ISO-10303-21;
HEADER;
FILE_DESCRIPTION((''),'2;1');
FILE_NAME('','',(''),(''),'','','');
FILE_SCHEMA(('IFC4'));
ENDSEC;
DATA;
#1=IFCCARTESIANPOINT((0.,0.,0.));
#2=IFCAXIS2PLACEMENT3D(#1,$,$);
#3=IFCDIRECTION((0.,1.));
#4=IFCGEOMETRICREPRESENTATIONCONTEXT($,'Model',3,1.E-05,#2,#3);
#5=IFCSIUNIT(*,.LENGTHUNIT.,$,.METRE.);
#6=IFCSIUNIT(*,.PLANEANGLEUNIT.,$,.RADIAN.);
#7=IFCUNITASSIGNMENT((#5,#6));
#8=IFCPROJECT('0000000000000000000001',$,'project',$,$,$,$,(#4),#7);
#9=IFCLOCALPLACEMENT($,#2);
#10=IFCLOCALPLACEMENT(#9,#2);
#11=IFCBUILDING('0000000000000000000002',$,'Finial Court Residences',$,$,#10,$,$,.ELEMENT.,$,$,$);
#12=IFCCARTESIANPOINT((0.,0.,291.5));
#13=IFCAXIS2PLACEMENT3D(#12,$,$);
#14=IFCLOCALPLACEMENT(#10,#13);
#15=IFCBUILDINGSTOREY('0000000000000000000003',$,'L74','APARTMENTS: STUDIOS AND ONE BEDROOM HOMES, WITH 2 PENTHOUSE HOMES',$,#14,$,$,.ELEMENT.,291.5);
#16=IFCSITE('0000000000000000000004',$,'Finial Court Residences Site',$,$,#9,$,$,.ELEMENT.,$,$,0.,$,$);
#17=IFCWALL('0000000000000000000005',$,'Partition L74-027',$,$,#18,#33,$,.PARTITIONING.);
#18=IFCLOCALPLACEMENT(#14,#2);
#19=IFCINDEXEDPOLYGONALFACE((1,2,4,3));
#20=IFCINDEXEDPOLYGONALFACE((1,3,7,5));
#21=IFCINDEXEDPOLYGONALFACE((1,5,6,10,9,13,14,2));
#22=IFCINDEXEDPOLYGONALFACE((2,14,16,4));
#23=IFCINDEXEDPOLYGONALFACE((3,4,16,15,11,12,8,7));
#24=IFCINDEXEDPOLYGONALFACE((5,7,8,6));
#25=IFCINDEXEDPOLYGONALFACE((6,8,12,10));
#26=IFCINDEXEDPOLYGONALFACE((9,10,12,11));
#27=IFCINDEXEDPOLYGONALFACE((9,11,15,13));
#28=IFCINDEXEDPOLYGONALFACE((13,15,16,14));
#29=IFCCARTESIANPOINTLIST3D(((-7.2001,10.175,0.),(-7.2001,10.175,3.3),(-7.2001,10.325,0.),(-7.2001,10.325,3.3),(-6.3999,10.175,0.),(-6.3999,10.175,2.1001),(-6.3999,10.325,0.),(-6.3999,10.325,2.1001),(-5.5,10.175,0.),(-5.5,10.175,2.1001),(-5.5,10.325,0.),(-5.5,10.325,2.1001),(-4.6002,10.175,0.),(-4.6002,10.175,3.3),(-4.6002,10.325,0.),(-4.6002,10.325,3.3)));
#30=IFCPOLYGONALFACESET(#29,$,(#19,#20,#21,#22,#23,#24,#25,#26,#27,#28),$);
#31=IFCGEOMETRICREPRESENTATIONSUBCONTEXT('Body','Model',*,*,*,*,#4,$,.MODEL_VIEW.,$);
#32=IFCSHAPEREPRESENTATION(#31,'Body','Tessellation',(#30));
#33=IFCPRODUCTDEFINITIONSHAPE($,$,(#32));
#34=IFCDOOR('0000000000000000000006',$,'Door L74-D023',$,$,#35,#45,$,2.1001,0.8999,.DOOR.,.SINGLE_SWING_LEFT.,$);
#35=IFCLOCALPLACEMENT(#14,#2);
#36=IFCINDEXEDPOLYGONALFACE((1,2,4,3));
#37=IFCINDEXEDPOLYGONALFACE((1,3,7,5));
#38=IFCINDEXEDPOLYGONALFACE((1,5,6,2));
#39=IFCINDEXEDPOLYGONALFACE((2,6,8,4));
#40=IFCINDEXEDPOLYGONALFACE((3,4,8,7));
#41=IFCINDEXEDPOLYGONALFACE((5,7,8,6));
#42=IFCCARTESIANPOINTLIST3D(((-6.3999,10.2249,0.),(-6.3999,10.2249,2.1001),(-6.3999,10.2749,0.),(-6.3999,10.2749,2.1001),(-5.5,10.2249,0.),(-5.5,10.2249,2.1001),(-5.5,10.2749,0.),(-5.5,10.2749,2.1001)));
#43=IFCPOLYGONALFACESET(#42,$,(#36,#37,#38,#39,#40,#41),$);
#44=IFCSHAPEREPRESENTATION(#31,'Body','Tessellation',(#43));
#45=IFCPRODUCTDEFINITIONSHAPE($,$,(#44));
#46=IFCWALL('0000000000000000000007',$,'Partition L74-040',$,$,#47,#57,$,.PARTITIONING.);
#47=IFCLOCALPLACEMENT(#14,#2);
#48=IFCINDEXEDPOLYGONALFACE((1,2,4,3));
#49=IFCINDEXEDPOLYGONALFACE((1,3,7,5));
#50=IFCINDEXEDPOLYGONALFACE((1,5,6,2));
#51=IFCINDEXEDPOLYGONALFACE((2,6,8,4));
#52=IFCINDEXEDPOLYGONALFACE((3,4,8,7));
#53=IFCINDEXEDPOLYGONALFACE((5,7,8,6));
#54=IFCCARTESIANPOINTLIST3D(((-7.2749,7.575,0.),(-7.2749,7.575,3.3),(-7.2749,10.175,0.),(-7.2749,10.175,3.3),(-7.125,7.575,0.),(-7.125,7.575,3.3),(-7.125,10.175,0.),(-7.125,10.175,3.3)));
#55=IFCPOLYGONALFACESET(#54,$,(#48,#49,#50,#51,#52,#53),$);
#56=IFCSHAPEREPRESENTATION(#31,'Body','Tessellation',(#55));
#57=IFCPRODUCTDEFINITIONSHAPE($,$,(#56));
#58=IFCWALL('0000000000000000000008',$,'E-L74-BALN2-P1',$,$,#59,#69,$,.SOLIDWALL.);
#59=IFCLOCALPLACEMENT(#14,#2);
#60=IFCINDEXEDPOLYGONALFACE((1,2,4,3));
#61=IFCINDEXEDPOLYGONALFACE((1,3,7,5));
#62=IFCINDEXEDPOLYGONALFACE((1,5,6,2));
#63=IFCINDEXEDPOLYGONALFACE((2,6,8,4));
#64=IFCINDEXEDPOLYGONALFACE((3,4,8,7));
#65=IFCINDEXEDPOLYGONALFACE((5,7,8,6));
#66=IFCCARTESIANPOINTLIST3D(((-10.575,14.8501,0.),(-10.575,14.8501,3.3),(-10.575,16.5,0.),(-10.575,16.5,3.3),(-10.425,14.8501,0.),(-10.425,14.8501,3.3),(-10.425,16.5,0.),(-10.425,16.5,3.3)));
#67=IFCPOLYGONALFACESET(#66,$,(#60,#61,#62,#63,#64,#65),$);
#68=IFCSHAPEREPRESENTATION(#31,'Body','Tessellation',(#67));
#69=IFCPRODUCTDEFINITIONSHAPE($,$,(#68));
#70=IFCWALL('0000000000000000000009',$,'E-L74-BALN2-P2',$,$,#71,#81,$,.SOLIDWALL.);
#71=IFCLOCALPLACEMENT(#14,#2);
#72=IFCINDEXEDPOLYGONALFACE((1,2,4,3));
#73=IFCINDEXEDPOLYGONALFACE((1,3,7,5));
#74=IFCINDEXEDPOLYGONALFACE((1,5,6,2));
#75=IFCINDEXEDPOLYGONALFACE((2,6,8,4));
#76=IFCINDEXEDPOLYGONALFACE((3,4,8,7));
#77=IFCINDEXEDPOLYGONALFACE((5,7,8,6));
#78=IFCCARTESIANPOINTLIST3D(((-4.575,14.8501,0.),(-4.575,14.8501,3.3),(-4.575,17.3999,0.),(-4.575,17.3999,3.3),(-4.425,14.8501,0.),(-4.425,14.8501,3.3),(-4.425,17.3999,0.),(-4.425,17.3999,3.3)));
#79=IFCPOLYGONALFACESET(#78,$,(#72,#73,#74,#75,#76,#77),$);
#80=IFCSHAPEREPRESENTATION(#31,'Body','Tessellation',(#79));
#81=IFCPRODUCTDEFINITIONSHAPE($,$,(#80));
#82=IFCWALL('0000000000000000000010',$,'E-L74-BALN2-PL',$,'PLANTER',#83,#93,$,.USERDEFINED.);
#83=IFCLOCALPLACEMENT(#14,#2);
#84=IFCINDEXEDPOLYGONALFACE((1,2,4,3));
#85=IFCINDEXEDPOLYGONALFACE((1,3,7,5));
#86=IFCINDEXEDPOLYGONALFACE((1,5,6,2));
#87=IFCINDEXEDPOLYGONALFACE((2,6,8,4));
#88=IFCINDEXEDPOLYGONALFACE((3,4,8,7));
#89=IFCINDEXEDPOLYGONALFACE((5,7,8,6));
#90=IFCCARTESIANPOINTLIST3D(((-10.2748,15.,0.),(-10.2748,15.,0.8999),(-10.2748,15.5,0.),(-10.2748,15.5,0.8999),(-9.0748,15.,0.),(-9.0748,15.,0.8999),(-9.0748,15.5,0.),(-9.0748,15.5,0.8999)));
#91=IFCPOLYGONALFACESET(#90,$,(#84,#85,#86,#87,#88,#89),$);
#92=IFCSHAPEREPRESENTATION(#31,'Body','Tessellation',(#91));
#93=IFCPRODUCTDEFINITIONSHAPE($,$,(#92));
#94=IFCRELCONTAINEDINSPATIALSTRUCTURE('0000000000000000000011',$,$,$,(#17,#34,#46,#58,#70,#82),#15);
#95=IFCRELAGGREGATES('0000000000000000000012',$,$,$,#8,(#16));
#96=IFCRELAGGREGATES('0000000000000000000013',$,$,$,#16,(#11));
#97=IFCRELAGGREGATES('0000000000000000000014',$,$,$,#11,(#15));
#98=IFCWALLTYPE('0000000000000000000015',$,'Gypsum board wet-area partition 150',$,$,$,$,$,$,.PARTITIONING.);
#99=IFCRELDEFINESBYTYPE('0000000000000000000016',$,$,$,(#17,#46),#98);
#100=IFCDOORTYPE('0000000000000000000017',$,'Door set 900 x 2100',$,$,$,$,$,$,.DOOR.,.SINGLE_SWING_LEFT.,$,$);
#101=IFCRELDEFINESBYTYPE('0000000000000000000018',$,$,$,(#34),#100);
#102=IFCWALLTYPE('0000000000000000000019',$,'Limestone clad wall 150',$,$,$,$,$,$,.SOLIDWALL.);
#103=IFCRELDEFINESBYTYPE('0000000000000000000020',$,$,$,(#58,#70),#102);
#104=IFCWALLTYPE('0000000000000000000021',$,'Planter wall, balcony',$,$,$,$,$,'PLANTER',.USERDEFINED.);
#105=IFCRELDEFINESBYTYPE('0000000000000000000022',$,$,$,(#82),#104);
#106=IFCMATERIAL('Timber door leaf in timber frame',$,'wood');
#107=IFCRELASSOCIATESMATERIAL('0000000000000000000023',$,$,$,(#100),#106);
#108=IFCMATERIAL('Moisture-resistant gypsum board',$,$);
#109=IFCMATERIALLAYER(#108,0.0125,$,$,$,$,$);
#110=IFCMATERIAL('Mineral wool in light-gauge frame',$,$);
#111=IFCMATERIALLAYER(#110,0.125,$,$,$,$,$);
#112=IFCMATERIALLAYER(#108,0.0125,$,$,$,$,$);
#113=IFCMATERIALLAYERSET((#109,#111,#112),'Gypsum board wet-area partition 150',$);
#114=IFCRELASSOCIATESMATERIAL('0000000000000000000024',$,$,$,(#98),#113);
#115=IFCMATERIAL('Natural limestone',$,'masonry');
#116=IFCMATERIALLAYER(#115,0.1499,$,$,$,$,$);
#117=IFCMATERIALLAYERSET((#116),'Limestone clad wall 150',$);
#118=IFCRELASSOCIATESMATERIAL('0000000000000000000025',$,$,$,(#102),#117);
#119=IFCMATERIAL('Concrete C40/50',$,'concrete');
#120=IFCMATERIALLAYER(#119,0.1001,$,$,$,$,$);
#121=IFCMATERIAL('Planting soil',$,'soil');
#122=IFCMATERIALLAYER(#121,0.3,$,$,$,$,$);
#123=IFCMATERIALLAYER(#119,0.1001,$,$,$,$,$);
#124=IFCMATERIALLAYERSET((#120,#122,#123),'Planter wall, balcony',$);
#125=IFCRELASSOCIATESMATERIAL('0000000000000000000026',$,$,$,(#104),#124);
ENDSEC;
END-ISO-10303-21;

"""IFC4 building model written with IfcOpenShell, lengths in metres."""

from ifc_helpers import new_model, si_unit, direction, frame, frame_2d, origin, place, context, subcontext, project, spatial, rectangle, extrude, material, layer, layer_set, type_object, element, fill, save


model = new_model("IFC4")

# Units and contexts
model_context = context("Model", 3, precision=1e-05, world=origin(), true_north=direction((0.0, 1.0)))
body_context = subcontext(model_context, "Body", "Model", "MODEL_VIEW")
ifc_project = project(units=[si_unit("LENGTHUNIT", "METRE"), si_unit("PLANEANGLEUNIT", "RADIAN")], contexts=[model_context])

# Site, building, storey
site_placement = place(None, origin())
site = spatial("IfcSite", under=ifc_project, at=site_placement, Name="Finial Court Residences Site", CompositionType="ELEMENT", RefElevation=0.0)
building_placement = place(site_placement, origin())
building = spatial("IfcBuilding", under=site, at=building_placement, Name="Finial Court Residences", CompositionType="ELEMENT")
storey_placement = place(building_placement, frame((0.0, 0.0, 291.5)))
storey = spatial("IfcBuildingStorey", under=building, at=storey_placement, Name="L74", Description="APARTMENTS: STUDIOS AND ONE BEDROOM HOMES, WITH 2 PENTHOUSE HOMES", CompositionType="ELEMENT", Elevation=291.5)

# Wall, opening, door
ifc_material_1 = material(Name="Mineral wool in light-gauge frame")
ifc_material_2 = material(Name="Timber door leaf in timber frame", Category="wood")
door_type_1 = type_object("IfcDoorType", Name="Door set 900 x 2100", OperationType="SINGLE_SWING_LEFT", PredefinedType="DOOR", material=ifc_material_2)
ifc_material_3 = material(Name="Moisture-resistant gypsum board")
ifc_layer_1 = layer(ifc_material_3, 0.0125)
ifc_layer_2 = layer(ifc_material_1, 0.125)
ifc_layer_3 = layer(ifc_material_3, 0.0125)
ifc_layer_set_1 = layer_set([ifc_layer_1, ifc_layer_2, ifc_layer_3], Name="Gypsum board wet-area partition 150")
wall_type_1 = type_object("IfcWallType", Name="Gypsum board wet-area partition 150", PredefinedType="PARTITIONING", material=ifc_layer_set_1)
wall_1_placement = place(storey_placement, frame((-7.2, 10.25, 0.0), z_axis=(0.0, 0.0, 1.0), x_axis=(1.0, 0.0, 0.0)))
wall_1 = element("IfcWall", 1, at=wall_1_placement, inside=storey, type_object=wall_type_1, Name="Partition L74-027", PredefinedType="PARTITIONING", context=body_context, shape_type="SweptSolid", body=[
    extrude(rectangle(XDim=2.5999, YDim=0.1499, at=frame_2d((1.2998, 0.0))), origin(), (0.0, 0.0, 1.0), 3.3),
])
opening_1_placement = place(wall_1_placement, frame((0.8, 0.0, 0.0)))
opening_1 = element("IfcOpeningElement", 2, at=opening_1_placement, cuts=wall_1, PredefinedType="OPENING", context=body_context, shape_type="SweptSolid", body=[
    extrude(rectangle(XDim=0.8999, YDim=2.1001, at=frame_2d((0.45, 1.05))), frame((0.0, 0.085, 0.0), z_axis=(0.0, -1.0, 0.0), x_axis=(1.0, 0.0, 0.0)), (0.0, 0.0, 1.0), 0.1699),
])
door_1_placement = place(opening_1_placement, origin())
door_1 = element("IfcDoor", 3, at=door_1_placement, inside=storey, type_object=door_type_1, Name="Door L74-D023", OperationType="SINGLE_SWING_LEFT", OverallHeight=2.1001, OverallWidth=0.8999, PredefinedType="DOOR", context=body_context, shape_type="SweptSolid", body=[
    extrude(rectangle(XDim=0.8999, YDim=2.1001, at=frame_2d((0.45, 1.05))), frame((0.0, 0.0249, 0.0), z_axis=(0.0, -1.0, 0.0), x_axis=(1.0, 0.0, 0.0)), (0.0, 0.0, 1.0), 0.05),
])
fill(opening_1, door_1)

# Walls
wall_2_placement = place(storey_placement, frame((-7.2, 7.575, 0.0), z_axis=(0.0, 0.0, 1.0), x_axis=(0.0, 1.0, 0.0)))
element("IfcWall", 4, at=wall_2_placement, inside=storey, type_object=wall_type_1, Name="Partition L74-040", PredefinedType="PARTITIONING", context=body_context, shape_type="SweptSolid", body=[
    extrude(rectangle(XDim=2.6001, YDim=0.1499, at=frame_2d((1.3, 0.0))), origin(), (0.0, 0.0, 1.0), 3.3),
])
ifc_material_4 = material(Name="Natural limestone", Category="masonry")
ifc_layer_4 = layer(ifc_material_4, 0.1499)
ifc_layer_set_2 = layer_set([ifc_layer_4], Name="Limestone clad wall 150")
wall_type_2 = type_object("IfcWallType", Name="Limestone clad wall 150", PredefinedType="SOLIDWALL", material=ifc_layer_set_2)
wall_3_placement = place(storey_placement, frame((-10.5, 14.8501, 0.0), z_axis=(0.0, 0.0, 1.0), x_axis=(0.0, 1.0, 0.0)))
element("IfcWall", 5, at=wall_3_placement, inside=storey, type_object=wall_type_2, Name="E-L74-BALN2-P1", PredefinedType="SOLIDWALL", context=body_context, shape_type="SweptSolid", body=[
    extrude(rectangle(XDim=1.6499, YDim=0.1499, at=frame_2d((0.825, 0.0))), origin(), (0.0, 0.0, 1.0), 3.3),
])
wall_4_placement = place(storey_placement, frame((-4.5, 14.8501, 0.0), z_axis=(0.0, 0.0, 1.0), x_axis=(0.0, 1.0, 0.0)))
element("IfcWall", 6, at=wall_4_placement, inside=storey, type_object=wall_type_2, Name="E-L74-BALN2-P2", PredefinedType="SOLIDWALL", context=body_context, shape_type="SweptSolid", body=[
    extrude(rectangle(XDim=2.5498, YDim=0.1499, at=frame_2d((1.2749, 0.0))), origin(), (0.0, 0.0, 1.0), 3.3),
])

# Wall
ifc_material_5 = material(Name="Concrete C40/50", Category="concrete")
ifc_layer_5 = layer(ifc_material_5, 0.1001)
ifc_material_6 = material(Name="Planting soil", Category="soil")
ifc_layer_6 = layer(ifc_material_6, 0.3)
ifc_layer_7 = layer(ifc_material_5, 0.1001)
ifc_layer_set_3 = layer_set([ifc_layer_5, ifc_layer_6, ifc_layer_7], Name="Planter wall, balcony")
wall_type_3 = type_object("IfcWallType", Name="Planter wall, balcony", ElementType="PLANTER", PredefinedType="USERDEFINED", material=ifc_layer_set_3)
wall_5_placement = place(storey_placement, frame((-10.2749, 15.25, 0.0), z_axis=(0.0, 0.0, 1.0), x_axis=(1.0, 0.0, 0.0)))
element("IfcWall", 7, at=wall_5_placement, inside=storey, type_object=wall_type_3, Name="E-L74-BALN2-PL", ObjectType="PLANTER", PredefinedType="USERDEFINED", context=body_context, shape_type="SweptSolid", body=[
    extrude(rectangle(XDim=1.2, YDim=0.5, at=frame_2d((0.6001, 0.0))), origin(), (0.0, 0.0, 1.0), 0.8999),
])

save(model, "model.ifc")
